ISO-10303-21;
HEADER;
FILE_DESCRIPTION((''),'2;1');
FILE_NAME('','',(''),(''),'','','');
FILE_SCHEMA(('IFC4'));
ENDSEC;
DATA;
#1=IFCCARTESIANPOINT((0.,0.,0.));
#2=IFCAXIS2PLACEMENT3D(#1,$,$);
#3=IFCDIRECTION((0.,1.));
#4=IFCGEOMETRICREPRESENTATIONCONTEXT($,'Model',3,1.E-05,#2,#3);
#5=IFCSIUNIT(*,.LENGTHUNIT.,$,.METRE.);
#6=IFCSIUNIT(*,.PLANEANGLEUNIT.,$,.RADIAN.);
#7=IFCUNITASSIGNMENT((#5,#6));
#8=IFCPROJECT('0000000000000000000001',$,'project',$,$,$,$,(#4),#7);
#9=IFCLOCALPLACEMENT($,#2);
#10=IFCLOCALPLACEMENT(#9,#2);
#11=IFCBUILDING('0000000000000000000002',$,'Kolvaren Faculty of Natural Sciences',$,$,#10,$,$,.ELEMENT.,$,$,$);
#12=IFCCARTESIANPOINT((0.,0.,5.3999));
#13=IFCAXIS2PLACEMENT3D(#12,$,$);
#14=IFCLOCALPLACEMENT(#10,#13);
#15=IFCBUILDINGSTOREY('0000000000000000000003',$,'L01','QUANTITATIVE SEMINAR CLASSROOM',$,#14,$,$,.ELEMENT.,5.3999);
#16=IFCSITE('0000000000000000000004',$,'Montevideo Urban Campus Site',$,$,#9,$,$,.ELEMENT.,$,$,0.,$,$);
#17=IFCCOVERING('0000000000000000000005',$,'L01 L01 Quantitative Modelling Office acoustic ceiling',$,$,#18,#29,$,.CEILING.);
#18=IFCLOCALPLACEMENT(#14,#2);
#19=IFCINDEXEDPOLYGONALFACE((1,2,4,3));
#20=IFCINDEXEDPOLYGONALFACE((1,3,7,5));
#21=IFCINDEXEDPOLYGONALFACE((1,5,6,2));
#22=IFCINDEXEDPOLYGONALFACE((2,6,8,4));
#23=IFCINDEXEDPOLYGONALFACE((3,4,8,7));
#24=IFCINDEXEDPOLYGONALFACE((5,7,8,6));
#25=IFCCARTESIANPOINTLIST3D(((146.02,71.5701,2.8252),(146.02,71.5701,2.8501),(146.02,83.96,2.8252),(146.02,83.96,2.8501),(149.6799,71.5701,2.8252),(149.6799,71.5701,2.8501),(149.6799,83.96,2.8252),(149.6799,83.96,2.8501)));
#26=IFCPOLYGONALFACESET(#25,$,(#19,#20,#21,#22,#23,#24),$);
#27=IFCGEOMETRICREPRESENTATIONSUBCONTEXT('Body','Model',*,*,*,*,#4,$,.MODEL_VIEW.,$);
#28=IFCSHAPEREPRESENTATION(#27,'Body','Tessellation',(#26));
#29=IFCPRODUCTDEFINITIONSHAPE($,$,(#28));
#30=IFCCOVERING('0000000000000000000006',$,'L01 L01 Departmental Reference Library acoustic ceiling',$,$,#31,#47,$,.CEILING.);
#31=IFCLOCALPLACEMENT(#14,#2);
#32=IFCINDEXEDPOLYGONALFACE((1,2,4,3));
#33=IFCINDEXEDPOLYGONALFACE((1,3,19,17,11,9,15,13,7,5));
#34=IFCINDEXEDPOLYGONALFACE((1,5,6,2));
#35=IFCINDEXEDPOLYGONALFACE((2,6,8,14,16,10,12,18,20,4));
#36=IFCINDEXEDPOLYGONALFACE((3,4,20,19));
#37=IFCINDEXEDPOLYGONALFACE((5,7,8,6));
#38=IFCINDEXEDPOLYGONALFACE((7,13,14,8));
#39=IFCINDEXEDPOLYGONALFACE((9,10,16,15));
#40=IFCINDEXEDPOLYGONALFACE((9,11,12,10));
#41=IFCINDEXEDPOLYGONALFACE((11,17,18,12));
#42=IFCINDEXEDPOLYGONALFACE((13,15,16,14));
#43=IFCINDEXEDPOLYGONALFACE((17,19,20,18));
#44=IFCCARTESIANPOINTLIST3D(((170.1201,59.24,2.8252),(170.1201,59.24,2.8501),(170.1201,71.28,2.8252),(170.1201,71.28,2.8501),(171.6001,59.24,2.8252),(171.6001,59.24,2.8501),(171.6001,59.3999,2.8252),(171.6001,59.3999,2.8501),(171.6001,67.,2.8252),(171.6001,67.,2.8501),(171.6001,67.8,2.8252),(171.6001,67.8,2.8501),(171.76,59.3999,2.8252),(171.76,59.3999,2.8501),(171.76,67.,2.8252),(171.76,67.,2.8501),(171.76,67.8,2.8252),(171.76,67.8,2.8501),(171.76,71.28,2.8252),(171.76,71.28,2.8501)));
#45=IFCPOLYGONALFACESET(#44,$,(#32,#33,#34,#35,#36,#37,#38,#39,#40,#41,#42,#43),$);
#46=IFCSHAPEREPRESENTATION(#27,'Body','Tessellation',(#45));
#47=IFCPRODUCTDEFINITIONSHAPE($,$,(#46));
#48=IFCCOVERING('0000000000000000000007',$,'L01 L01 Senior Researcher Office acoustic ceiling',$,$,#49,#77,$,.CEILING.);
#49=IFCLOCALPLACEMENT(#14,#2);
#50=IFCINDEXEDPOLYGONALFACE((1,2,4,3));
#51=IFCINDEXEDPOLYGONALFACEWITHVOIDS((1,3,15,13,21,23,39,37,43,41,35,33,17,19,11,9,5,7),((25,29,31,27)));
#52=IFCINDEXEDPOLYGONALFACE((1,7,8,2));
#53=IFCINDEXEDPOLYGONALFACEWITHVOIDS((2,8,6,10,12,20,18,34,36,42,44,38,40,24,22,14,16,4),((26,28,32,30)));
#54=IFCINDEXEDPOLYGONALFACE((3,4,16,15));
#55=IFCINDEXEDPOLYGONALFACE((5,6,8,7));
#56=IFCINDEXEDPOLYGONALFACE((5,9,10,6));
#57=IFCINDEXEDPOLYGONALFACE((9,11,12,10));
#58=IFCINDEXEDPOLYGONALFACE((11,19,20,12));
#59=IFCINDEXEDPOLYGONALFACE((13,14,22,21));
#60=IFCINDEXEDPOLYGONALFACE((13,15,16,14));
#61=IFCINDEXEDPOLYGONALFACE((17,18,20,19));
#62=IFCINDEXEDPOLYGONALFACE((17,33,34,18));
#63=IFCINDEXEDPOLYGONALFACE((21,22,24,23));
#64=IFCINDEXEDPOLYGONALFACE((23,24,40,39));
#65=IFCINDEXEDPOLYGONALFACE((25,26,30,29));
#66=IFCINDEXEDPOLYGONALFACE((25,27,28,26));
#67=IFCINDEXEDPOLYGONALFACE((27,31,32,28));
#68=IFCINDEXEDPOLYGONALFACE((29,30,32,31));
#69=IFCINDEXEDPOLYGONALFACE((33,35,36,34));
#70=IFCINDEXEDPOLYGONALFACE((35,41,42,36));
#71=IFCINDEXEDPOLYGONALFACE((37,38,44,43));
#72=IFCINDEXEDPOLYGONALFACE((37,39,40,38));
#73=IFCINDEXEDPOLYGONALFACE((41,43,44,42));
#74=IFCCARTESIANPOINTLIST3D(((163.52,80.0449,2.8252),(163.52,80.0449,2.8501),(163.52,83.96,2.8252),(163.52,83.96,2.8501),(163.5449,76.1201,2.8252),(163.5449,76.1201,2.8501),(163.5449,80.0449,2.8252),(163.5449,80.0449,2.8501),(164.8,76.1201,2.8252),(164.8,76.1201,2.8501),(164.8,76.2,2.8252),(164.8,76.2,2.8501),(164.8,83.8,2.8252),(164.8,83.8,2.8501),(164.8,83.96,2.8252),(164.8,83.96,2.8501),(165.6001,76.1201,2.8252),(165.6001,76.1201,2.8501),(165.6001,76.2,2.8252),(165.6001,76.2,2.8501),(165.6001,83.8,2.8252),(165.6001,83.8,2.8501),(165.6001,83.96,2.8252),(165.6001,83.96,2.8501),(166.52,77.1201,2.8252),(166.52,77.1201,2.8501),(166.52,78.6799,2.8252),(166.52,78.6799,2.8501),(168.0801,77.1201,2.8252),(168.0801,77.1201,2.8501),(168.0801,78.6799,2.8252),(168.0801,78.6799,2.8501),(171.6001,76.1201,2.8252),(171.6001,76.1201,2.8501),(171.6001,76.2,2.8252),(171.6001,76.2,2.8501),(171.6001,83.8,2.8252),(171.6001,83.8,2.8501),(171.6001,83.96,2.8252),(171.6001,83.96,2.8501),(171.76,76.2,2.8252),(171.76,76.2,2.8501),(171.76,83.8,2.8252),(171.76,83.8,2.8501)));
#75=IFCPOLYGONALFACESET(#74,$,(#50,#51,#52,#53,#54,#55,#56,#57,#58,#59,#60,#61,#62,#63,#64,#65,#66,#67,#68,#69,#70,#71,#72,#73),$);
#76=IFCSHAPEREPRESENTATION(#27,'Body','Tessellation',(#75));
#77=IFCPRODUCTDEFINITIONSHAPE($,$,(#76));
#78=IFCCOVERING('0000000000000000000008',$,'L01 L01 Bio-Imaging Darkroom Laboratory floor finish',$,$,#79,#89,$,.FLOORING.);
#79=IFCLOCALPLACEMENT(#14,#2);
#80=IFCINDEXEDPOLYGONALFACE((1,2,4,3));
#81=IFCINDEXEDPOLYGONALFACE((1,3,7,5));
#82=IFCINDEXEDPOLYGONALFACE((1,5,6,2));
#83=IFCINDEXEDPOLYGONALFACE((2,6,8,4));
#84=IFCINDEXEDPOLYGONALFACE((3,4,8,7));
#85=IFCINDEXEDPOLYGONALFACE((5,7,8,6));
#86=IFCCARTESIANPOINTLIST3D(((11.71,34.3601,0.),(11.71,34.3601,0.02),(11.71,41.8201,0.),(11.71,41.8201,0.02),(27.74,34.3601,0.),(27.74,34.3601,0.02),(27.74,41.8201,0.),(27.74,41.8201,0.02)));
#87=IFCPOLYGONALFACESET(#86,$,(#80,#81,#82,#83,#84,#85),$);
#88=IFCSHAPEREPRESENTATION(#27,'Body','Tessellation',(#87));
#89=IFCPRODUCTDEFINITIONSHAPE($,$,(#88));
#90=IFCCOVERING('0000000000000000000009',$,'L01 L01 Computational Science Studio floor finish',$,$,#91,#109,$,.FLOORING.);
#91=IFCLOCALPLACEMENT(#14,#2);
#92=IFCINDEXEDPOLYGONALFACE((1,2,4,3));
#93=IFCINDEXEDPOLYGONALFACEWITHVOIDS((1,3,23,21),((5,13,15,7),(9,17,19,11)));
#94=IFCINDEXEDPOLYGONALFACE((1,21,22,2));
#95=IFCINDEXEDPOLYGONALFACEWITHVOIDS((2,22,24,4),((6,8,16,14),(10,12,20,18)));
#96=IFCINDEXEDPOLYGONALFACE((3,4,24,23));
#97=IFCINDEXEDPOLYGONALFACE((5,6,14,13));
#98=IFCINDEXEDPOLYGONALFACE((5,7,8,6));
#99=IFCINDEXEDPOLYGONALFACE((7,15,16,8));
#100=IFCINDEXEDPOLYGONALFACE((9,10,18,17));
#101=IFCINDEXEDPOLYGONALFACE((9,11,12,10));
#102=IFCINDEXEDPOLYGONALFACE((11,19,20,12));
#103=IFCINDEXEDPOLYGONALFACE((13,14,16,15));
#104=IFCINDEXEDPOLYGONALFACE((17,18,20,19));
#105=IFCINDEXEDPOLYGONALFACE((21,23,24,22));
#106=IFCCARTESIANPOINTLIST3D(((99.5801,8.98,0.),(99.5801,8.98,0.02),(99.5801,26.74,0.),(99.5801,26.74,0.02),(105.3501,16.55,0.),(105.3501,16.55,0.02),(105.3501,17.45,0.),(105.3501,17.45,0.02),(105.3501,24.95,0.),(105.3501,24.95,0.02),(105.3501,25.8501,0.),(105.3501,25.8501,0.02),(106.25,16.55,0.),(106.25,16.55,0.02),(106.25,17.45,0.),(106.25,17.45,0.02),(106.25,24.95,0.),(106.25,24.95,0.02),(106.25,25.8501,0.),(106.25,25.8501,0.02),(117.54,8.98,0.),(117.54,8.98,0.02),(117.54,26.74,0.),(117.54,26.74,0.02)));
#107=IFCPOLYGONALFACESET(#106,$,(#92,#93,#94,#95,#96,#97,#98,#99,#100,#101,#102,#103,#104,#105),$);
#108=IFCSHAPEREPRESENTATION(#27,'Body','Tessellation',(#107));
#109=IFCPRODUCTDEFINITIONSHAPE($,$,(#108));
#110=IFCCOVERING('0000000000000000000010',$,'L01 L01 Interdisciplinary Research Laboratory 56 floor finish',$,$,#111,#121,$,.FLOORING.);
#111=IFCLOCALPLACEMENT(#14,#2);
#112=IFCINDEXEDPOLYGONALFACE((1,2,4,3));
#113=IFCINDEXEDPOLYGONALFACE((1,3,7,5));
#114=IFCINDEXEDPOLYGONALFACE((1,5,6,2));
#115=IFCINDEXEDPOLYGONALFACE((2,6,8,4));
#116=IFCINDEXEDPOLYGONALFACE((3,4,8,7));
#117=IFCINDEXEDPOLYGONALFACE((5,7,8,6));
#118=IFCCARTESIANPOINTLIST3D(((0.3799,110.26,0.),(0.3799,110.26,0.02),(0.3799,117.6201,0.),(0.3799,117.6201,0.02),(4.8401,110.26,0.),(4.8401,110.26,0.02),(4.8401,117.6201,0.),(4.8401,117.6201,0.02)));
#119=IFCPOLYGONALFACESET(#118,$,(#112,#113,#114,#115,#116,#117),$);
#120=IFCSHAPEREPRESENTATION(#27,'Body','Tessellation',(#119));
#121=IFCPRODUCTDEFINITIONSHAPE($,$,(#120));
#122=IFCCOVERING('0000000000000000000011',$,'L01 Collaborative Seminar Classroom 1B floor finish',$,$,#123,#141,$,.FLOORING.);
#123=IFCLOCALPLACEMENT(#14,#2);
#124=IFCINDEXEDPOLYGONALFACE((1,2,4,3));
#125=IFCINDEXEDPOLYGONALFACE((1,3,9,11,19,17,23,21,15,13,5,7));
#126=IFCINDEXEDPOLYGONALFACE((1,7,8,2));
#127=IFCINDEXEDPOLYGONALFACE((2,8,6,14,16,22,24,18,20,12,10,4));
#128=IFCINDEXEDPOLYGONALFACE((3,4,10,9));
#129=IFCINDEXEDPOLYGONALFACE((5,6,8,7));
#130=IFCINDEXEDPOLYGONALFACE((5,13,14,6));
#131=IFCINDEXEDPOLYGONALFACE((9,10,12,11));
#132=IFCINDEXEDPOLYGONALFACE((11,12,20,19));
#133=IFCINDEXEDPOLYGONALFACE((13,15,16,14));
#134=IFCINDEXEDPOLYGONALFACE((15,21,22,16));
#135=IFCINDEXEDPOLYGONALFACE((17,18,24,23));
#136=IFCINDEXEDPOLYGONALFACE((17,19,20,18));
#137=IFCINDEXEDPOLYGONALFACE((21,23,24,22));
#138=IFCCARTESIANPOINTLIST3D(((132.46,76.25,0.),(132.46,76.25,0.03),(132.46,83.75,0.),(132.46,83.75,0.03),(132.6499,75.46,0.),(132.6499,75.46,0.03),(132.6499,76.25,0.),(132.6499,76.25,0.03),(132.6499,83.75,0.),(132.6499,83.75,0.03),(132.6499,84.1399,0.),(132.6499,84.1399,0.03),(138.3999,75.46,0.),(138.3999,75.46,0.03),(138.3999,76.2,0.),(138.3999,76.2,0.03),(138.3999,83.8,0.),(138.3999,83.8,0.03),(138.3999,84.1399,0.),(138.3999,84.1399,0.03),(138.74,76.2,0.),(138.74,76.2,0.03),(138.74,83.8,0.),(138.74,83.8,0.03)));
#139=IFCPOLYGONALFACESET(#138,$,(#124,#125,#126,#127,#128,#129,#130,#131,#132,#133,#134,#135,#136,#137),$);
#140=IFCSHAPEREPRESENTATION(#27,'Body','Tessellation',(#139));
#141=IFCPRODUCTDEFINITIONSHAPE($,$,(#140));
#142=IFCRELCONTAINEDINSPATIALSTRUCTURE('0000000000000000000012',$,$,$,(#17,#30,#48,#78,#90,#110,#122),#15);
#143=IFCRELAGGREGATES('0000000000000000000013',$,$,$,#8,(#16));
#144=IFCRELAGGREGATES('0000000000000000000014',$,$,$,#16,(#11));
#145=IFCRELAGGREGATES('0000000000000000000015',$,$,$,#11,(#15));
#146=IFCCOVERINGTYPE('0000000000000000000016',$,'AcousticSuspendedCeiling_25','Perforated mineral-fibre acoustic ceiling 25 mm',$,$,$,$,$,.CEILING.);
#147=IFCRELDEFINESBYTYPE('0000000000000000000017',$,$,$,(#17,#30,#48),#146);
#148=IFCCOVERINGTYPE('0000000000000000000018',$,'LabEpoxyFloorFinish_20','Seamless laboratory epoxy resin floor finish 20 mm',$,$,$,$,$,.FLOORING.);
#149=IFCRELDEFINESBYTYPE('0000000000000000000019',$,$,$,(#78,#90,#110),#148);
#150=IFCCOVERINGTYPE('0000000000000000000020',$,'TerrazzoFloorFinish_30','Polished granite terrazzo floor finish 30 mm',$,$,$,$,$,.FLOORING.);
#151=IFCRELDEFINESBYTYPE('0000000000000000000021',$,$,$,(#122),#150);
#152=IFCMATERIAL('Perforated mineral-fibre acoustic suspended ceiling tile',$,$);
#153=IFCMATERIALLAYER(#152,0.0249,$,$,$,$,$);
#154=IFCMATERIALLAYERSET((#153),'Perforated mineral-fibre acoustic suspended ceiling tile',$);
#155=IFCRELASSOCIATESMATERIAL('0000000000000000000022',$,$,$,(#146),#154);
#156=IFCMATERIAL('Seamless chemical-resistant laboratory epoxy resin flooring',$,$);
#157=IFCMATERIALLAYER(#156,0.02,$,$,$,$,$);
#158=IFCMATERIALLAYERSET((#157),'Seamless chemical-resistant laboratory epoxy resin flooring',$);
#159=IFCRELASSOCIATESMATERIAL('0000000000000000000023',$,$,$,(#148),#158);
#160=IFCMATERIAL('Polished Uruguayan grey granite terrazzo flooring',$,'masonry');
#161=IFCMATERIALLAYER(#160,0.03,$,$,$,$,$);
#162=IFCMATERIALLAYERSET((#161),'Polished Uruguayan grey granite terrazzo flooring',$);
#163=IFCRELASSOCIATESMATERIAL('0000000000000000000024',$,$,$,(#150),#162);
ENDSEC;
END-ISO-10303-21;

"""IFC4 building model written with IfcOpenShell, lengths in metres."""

from ifc_helpers import new_model, si_unit, direction, frame, origin, place, context, subcontext, project, spatial, polyline, outline, extrude, material, layer, layer_set, type_object, element, save


model = new_model("IFC4")

# Units and contexts
model_context = context("Model", 3, precision=1e-05, world=origin(), true_north=direction((0.0, 1.0)))
body_context = subcontext(model_context, "Body", "Model", "MODEL_VIEW")
ifc_project = project(units=[si_unit("LENGTHUNIT", "METRE"), si_unit("PLANEANGLEUNIT", "RADIAN")], contexts=[model_context])

# Site, building, storey
site_placement = place(None, origin())
site = spatial("IfcSite", under=ifc_project, at=site_placement, Name="Montevideo Urban Campus Site", CompositionType="ELEMENT", RefElevation=0.0)
building_placement = place(site_placement, origin())
building = spatial("IfcBuilding", under=site, at=building_placement, Name="Kolvaren Faculty of Natural Sciences", CompositionType="ELEMENT")
storey_placement = place(building_placement, frame((0.0, 0.0, 5.3999)))
storey = spatial("IfcBuildingStorey", under=building, at=storey_placement, Name="L01", Description="QUANTITATIVE SEMINAR CLASSROOM", CompositionType="ELEMENT", Elevation=5.3999)

# Coverings
ifc_material_1 = material(Name="Perforated mineral-fibre acoustic suspended ceiling tile")
ifc_layer_1 = layer(ifc_material_1, 0.0249)
ifc_layer_set_1 = layer_set([ifc_layer_1], Name="Perforated mineral-fibre acoustic suspended ceiling tile")
covering_type_1 = type_object("IfcCoveringType", Name="AcousticSuspendedCeiling_25", Description="Perforated mineral-fibre acoustic ceiling 25 mm", PredefinedType="CEILING", material=ifc_layer_set_1)
covering_1_placement = place(storey_placement, frame((0.0, 0.0, 2.8252)))
element("IfcCovering", 1, at=covering_1_placement, inside=storey, type_object=covering_type_1, Name="L01 L01 Quantitative Modelling Office acoustic ceiling", PredefinedType="CEILING", context=body_context, shape_type="SweptSolid", body=[
    extrude(outline(polyline([(149.6799, 83.96), (149.6799, 71.5701), (146.02, 71.5701), (146.02, 83.96), (149.6799, 83.96)])), origin(), (0.0, 0.0, 1.0), 0.0249),
])
covering_2_placement = place(storey_placement, frame((0.0, 0.0, 2.8252)))
element("IfcCovering", 2, at=covering_2_placement, inside=storey, type_object=covering_type_1, Name="L01 L01 Departmental Reference Library acoustic ceiling", PredefinedType="CEILING", context=body_context, shape_type="SweptSolid", body=[
    extrude(outline(polyline([(170.1201, 59.24), (170.1201, 71.28), (171.76, 71.28), (171.76, 67.8), (171.6001, 67.8), (171.6001, 67.0), (171.76, 67.0), (171.76, 59.3999), (171.6001, 59.3999), (171.6001, 59.24), (170.1201, 59.24)])), origin(), (0.0, 0.0, 1.0), 0.0249),
])
covering_3_placement = place(storey_placement, frame((0.0, 0.0, 2.8252)))
element("IfcCovering", 3, at=covering_3_placement, inside=storey, type_object=covering_type_1, Name="L01 L01 Senior Researcher Office acoustic ceiling", PredefinedType="CEILING", context=body_context, shape_type="SweptSolid", body=[
    extrude(outline(polyline([(171.76, 76.2), (171.6001, 76.2), (171.6001, 76.1201), (165.6001, 76.1201), (165.6001, 76.2), (164.8, 76.2), (164.8, 76.1201), (163.5449, 76.1201), (163.5449, 80.0449), (163.52, 80.0449), (163.52, 83.96), (164.8, 83.96), (164.8, 83.8), (165.6001, 83.8), (165.6001, 83.96), (171.6001, 83.96), (171.6001, 83.8), (171.76, 83.8), (171.76, 76.2)]), holes=[polyline([(168.0801, 77.1201), (168.0801, 78.6799), (166.52, 78.6799), (166.52, 77.1201), (168.0801, 77.1201)])]), origin(), (0.0, 0.0, 1.0), 0.0249),
])
ifc_material_2 = material(Name="Seamless chemical-resistant laboratory epoxy resin flooring")
ifc_layer_2 = layer(ifc_material_2, 0.02)
ifc_layer_set_2 = layer_set([ifc_layer_2], Name="Seamless chemical-resistant laboratory epoxy resin flooring")
covering_type_2 = type_object("IfcCoveringType", Name="LabEpoxyFloorFinish_20", Description="Seamless laboratory epoxy resin floor finish 20 mm", PredefinedType="FLOORING", material=ifc_layer_set_2)
covering_4_placement = place(storey_placement, origin())
element("IfcCovering", 4, at=covering_4_placement, inside=storey, type_object=covering_type_2, Name="L01 L01 Bio-Imaging Darkroom Laboratory floor finish", PredefinedType="FLOORING", context=body_context, shape_type="SweptSolid", body=[
    extrude(outline(polyline([(11.71, 41.8201), (27.74, 41.8201), (27.74, 34.3601), (11.71, 34.3601), (11.71, 41.8201)])), origin(), (0.0, 0.0, 1.0), 0.02),
])
covering_5_placement = place(storey_placement, origin())
element("IfcCovering", 5, at=covering_5_placement, inside=storey, type_object=covering_type_2, Name="L01 L01 Computational Science Studio floor finish", PredefinedType="FLOORING", context=body_context, shape_type="SweptSolid", body=[
    extrude(outline(polyline([(99.5801, 8.98), (99.5801, 26.74), (117.54, 26.74), (117.54, 8.98), (99.5801, 8.98)]), holes=[polyline([(106.25, 17.45), (105.3501, 17.45), (105.3501, 16.55), (106.25, 16.55), (106.25, 17.45)]), polyline([(106.25, 25.8501), (105.3501, 25.8501), (105.3501, 24.95), (106.25, 24.95), (106.25, 25.8501)])]), origin(), (0.0, 0.0, 1.0), 0.02),
])
covering_6_placement = place(storey_placement, origin())
element("IfcCovering", 6, at=covering_6_placement, inside=storey, type_object=covering_type_2, Name="L01 L01 Interdisciplinary Research Laboratory 56 floor finish", PredefinedType="FLOORING", context=body_context, shape_type="SweptSolid", body=[
    extrude(outline(polyline([(4.8401, 117.6201), (4.8401, 110.26), (0.3799, 110.26), (0.3799, 117.6201), (4.8401, 117.6201)])), origin(), (0.0, 0.0, 1.0), 0.02),
])
ifc_material_3 = material(Name="Polished Uruguayan grey granite terrazzo flooring", Category="masonry")
ifc_layer_3 = layer(ifc_material_3, 0.03)
ifc_layer_set_3 = layer_set([ifc_layer_3], Name="Polished Uruguayan grey granite terrazzo flooring")
covering_type_3 = type_object("IfcCoveringType", Name="TerrazzoFloorFinish_30", Description="Polished granite terrazzo floor finish 30 mm", PredefinedType="FLOORING", material=ifc_layer_set_3)
covering_7_placement = place(storey_placement, origin())
element("IfcCovering", 7, at=covering_7_placement, inside=storey, type_object=covering_type_3, Name="L01 Collaborative Seminar Classroom 1B floor finish", PredefinedType="FLOORING", context=body_context, shape_type="SweptSolid", body=[
    extrude(outline(polyline([(132.46, 83.75), (132.6499, 83.75), (132.6499, 84.1399), (138.3999, 84.1399), (138.3999, 83.8), (138.74, 83.8), (138.74, 76.2), (138.3999, 76.2), (138.3999, 75.46), (132.6499, 75.46), (132.6499, 76.25), (132.46, 76.25), (132.46, 83.75)])), origin(), (0.0, 0.0, 1.0), 0.03),
])

save(model, "model.ifc")
